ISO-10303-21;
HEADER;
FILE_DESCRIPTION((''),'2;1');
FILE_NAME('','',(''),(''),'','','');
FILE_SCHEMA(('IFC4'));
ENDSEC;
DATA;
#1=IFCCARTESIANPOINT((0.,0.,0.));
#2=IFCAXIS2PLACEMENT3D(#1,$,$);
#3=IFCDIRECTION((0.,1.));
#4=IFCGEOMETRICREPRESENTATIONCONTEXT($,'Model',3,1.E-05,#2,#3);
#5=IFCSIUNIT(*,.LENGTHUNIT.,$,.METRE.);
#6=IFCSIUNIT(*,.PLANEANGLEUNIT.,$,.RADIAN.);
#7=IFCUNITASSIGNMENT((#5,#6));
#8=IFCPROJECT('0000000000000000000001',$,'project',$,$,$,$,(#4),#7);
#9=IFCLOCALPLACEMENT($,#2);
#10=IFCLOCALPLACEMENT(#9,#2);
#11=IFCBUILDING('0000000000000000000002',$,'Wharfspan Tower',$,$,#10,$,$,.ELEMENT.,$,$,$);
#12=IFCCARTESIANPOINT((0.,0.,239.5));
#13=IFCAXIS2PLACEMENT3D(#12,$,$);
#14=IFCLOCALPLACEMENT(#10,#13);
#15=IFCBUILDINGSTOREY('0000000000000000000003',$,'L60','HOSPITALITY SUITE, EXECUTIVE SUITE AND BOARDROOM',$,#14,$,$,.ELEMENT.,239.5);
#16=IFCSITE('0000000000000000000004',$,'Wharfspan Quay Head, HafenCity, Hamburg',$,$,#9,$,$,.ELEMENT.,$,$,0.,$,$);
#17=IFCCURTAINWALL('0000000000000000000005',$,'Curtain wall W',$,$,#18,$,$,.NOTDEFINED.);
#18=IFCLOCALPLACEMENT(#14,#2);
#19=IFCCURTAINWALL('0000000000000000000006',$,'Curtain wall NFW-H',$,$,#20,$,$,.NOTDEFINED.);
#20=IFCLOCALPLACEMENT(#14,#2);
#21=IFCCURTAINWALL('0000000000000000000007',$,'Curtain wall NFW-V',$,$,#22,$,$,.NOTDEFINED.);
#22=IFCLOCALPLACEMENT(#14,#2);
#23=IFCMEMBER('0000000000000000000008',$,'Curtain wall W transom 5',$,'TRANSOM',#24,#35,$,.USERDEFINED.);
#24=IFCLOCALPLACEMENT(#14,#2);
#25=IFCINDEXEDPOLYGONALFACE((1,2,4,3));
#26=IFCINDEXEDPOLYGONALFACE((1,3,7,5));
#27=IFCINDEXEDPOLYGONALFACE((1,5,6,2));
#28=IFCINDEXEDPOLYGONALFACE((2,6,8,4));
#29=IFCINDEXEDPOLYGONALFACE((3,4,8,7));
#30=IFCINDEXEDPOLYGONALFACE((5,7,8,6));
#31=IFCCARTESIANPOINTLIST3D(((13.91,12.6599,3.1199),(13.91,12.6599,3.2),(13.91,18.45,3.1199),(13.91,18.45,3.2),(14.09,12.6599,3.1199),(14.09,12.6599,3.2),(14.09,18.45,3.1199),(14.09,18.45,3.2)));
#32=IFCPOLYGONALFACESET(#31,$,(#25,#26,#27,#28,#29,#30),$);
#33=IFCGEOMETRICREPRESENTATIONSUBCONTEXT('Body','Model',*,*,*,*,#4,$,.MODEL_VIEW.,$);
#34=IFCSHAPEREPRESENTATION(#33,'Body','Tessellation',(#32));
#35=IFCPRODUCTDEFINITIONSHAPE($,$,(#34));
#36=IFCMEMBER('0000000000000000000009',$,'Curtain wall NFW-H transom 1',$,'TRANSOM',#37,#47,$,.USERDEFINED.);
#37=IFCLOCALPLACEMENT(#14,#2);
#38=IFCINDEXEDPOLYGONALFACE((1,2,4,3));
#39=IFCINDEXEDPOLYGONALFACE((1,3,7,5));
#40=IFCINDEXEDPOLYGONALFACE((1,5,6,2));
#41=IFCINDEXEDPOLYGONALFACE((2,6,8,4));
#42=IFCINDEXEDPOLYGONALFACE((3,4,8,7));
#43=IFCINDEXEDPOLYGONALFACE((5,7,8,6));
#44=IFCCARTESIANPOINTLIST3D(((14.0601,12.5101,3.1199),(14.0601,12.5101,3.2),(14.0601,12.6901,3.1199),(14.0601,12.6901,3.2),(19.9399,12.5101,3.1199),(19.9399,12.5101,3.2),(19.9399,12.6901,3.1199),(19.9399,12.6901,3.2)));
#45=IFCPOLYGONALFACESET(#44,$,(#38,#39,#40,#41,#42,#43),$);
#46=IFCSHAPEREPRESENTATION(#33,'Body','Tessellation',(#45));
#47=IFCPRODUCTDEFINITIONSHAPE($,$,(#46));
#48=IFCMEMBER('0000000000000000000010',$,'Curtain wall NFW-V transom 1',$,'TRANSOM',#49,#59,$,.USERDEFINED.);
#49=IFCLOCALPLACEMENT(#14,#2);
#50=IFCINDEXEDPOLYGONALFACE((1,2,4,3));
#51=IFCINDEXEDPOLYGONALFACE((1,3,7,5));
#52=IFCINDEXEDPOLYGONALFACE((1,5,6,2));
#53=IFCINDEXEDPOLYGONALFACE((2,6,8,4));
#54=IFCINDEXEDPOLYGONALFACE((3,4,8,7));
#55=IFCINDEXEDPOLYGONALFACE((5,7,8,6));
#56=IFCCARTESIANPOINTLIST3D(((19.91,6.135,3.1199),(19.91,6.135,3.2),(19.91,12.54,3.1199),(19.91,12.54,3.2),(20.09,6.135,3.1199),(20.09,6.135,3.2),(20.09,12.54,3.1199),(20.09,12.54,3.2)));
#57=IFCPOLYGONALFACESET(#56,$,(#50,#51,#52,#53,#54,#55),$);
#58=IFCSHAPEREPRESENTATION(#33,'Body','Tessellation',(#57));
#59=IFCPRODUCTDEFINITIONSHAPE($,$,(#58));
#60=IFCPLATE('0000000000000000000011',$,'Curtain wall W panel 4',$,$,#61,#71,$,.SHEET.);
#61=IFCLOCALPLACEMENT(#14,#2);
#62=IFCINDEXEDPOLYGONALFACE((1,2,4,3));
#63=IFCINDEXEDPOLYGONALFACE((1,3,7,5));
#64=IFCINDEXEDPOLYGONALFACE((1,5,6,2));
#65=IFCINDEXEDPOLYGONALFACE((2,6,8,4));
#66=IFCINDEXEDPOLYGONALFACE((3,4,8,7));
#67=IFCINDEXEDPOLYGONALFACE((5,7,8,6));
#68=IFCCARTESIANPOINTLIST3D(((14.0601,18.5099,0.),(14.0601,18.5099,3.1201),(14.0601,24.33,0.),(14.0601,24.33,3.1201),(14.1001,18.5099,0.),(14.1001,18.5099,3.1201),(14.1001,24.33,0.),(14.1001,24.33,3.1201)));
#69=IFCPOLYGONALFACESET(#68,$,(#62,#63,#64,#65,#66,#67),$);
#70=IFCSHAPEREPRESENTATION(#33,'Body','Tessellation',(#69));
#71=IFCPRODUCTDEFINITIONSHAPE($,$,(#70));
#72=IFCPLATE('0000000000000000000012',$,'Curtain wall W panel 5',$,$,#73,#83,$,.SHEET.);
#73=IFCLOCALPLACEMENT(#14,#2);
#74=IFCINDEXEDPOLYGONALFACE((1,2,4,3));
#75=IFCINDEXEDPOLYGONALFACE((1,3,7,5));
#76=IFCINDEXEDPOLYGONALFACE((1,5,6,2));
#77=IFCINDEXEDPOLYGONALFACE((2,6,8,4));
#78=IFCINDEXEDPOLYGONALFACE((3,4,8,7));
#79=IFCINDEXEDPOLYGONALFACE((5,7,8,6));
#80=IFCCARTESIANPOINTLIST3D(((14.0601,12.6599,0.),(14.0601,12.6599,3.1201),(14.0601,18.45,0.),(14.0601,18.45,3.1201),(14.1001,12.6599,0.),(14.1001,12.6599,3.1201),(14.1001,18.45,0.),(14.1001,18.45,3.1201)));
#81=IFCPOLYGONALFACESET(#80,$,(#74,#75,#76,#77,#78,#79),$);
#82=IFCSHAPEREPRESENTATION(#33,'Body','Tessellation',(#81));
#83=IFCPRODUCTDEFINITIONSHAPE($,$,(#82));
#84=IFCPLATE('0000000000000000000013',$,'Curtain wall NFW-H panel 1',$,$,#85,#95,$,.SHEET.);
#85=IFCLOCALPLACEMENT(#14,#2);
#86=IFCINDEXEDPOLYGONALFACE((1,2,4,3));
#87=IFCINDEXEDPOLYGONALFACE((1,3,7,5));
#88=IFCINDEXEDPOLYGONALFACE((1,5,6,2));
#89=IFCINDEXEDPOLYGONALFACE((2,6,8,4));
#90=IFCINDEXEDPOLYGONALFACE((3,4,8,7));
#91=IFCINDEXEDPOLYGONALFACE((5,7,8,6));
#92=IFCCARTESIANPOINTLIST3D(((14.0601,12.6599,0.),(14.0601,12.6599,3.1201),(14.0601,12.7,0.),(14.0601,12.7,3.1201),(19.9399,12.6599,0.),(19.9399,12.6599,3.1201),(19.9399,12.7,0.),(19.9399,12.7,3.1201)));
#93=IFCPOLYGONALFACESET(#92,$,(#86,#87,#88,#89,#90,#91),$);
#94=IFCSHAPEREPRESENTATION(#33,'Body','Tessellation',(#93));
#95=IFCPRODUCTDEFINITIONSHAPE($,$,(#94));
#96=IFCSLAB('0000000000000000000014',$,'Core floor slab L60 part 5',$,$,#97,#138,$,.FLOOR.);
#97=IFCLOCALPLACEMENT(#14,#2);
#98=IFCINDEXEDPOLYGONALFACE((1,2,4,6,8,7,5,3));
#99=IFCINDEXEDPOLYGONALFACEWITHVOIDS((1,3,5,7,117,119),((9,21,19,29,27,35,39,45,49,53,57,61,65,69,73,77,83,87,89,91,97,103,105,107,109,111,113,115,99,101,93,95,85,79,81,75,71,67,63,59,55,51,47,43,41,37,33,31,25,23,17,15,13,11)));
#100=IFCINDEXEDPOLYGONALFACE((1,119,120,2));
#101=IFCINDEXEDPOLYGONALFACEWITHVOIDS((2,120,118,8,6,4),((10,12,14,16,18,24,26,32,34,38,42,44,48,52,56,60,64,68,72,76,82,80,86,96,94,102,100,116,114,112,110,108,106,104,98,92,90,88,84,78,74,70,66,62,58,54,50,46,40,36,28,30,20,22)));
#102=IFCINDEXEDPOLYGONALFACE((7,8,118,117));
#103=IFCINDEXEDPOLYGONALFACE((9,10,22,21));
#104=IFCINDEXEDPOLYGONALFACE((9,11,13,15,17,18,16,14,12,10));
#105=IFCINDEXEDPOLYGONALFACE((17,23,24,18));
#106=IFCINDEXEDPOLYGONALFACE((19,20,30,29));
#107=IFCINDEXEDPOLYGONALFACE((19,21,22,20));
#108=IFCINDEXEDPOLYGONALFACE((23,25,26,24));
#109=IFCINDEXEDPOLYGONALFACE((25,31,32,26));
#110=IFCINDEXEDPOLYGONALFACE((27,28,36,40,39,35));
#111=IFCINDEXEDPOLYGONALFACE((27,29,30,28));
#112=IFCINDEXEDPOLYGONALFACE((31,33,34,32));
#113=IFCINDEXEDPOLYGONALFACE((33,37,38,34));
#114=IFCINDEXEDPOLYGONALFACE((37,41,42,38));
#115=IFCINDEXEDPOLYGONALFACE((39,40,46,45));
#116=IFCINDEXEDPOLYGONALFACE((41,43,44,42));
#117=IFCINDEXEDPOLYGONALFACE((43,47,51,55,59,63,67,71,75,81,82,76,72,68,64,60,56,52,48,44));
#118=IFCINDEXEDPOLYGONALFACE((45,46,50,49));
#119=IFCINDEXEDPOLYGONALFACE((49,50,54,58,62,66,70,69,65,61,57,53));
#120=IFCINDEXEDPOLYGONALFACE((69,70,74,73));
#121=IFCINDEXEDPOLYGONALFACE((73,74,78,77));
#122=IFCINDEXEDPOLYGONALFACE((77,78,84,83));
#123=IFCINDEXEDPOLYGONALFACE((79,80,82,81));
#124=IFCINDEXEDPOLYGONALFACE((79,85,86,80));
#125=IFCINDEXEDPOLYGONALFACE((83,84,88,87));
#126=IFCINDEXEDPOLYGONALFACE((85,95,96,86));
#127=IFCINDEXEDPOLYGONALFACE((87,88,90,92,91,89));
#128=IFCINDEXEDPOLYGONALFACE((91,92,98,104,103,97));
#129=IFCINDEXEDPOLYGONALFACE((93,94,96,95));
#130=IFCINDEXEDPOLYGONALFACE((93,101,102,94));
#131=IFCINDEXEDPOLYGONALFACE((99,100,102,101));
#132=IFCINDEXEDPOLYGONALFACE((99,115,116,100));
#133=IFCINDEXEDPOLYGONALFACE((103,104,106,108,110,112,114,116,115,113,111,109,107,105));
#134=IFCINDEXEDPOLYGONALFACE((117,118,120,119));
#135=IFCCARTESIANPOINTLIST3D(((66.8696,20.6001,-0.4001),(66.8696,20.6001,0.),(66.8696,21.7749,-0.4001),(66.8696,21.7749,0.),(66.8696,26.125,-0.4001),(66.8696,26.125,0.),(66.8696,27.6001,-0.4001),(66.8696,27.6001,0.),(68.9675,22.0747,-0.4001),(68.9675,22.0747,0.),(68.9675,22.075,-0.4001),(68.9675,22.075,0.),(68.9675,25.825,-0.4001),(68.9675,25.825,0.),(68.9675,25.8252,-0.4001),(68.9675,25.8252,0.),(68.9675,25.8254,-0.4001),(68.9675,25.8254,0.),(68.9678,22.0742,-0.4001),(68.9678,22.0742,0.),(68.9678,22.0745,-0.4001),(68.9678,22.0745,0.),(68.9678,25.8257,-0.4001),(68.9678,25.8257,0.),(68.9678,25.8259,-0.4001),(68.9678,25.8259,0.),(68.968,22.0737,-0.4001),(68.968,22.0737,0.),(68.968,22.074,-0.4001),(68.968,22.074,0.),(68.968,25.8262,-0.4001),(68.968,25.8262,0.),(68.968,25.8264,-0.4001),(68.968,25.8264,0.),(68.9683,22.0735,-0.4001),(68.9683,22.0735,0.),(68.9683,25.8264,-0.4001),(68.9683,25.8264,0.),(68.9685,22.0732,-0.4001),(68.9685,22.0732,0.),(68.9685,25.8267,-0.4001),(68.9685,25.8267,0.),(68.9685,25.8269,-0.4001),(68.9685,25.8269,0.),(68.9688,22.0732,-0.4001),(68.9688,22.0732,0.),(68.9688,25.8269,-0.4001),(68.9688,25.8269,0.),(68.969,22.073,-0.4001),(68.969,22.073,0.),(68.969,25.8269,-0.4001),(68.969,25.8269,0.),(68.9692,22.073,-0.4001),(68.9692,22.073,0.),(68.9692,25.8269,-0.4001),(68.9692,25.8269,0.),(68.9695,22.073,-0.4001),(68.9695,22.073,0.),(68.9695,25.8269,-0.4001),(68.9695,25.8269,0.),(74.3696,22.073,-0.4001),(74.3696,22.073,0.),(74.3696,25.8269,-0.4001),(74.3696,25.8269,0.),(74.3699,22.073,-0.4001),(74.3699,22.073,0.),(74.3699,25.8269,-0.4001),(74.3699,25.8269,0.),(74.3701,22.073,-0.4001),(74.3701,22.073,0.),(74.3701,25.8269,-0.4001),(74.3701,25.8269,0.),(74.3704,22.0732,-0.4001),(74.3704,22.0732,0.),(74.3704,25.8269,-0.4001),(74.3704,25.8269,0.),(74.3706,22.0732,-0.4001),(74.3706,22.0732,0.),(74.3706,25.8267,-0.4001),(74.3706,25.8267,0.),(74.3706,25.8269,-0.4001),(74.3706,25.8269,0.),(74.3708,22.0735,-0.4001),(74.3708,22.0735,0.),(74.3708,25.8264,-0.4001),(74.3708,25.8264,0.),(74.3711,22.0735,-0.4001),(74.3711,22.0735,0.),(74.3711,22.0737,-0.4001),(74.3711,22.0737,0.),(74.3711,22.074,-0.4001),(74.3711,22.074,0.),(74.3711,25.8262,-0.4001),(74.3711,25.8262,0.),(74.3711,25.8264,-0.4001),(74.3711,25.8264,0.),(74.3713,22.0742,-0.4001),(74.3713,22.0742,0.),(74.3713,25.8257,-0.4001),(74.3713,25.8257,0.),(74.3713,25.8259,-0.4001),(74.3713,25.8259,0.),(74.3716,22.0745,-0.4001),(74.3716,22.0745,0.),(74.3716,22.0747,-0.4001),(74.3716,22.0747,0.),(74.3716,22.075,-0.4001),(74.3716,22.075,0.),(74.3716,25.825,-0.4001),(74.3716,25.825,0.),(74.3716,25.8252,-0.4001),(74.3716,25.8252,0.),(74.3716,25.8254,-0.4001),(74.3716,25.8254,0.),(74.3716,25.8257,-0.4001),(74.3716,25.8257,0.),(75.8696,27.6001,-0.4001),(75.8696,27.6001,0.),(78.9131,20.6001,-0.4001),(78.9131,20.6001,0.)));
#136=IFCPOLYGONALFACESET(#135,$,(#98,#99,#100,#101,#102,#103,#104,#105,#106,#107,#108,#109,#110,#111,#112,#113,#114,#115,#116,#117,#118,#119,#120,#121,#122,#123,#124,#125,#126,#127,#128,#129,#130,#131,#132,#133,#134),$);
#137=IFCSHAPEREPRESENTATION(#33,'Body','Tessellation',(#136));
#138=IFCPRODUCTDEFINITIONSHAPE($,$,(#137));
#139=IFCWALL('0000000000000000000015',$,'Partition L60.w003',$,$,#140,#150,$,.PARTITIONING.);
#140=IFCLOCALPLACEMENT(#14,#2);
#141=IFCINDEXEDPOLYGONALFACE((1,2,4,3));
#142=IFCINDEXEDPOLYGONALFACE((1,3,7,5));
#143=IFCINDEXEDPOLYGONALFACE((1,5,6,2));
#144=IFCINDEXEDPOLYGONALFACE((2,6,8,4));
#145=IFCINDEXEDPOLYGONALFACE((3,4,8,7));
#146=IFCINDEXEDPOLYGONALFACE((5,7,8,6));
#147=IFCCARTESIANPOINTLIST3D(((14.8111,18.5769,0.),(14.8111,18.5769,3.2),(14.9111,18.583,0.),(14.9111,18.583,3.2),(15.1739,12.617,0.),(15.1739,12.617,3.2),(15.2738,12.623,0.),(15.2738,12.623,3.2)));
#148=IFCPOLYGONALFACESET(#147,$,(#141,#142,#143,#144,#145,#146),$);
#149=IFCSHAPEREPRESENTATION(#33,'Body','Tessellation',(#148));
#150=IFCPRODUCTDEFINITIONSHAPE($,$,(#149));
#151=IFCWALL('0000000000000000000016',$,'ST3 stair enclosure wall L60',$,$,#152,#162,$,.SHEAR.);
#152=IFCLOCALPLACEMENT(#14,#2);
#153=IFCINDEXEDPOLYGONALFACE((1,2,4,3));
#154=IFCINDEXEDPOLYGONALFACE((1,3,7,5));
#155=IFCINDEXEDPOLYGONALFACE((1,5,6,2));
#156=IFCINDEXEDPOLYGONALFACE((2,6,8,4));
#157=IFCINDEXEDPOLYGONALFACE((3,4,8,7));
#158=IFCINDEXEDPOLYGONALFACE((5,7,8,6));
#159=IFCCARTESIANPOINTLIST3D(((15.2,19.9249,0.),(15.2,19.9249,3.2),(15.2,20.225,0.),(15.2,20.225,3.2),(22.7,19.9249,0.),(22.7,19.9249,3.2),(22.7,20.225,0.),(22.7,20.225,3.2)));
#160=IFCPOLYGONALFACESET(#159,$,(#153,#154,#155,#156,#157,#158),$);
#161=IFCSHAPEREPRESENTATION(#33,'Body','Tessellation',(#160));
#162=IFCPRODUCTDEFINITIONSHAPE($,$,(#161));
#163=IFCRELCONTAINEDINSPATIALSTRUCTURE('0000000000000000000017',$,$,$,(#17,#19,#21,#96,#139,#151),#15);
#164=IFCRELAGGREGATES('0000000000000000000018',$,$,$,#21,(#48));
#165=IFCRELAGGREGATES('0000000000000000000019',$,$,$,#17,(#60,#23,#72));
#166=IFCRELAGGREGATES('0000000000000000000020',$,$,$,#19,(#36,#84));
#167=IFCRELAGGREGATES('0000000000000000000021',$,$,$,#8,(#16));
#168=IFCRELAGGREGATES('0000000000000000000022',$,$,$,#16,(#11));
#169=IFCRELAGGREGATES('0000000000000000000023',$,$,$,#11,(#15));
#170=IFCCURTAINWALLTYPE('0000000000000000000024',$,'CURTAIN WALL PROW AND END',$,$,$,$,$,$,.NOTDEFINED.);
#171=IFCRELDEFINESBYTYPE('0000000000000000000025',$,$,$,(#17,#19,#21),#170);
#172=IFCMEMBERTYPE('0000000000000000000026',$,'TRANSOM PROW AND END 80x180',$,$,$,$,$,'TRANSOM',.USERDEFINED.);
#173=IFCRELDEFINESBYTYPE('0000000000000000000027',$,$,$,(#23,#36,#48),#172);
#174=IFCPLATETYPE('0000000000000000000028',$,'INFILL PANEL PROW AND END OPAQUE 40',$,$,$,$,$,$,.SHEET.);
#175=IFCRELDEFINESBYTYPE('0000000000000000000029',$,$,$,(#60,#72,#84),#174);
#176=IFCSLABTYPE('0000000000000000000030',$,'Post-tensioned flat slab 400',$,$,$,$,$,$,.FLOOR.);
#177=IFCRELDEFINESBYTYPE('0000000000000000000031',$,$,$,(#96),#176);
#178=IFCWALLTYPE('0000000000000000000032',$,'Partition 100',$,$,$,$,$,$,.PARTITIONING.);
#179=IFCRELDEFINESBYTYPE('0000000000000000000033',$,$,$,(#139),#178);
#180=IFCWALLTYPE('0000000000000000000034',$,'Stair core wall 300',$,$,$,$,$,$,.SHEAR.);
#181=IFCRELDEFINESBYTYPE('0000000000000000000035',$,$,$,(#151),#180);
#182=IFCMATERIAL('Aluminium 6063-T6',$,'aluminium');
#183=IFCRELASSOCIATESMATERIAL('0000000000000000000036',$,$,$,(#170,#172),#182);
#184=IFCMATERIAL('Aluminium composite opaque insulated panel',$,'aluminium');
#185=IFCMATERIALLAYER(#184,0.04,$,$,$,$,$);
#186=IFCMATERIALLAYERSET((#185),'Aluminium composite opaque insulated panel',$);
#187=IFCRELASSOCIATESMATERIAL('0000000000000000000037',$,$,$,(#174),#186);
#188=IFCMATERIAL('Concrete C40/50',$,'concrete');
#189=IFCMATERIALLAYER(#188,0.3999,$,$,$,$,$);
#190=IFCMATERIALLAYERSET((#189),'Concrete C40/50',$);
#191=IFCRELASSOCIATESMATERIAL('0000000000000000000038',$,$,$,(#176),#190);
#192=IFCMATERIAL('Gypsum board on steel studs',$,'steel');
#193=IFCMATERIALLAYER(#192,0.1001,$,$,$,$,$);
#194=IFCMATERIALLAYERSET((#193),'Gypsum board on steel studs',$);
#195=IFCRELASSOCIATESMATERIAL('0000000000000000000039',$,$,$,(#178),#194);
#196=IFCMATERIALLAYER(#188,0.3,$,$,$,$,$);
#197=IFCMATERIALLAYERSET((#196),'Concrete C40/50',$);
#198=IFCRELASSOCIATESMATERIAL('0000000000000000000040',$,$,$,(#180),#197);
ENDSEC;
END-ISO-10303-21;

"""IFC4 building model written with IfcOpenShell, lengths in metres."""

from ifc_helpers import new_model, si_unit, direction, frame, frame_2d, origin, origin_2d, place, context, subcontext, project, spatial, polyline, rectangle, outline, extrude, material, layer, layer_set, material_profile, profile_set, type_object, element, aggregate, save


model = new_model("IFC4")

# Units and contexts
model_context = context("Model", 3, precision=1e-05, world=origin(), true_north=direction((0.0, 1.0)))
body_context = subcontext(model_context, "Body", "Model", "MODEL_VIEW")
ifc_project = project(units=[si_unit("LENGTHUNIT", "METRE"), si_unit("PLANEANGLEUNIT", "RADIAN")], contexts=[model_context])

# Site, building, storey
site_placement = place(None, origin())
site = spatial("IfcSite", under=ifc_project, at=site_placement, Name="Wharfspan Quay Head, HafenCity, Hamburg", CompositionType="ELEMENT", RefElevation=0.0)
building_placement = place(site_placement, origin())
building = spatial("IfcBuilding", under=site, at=building_placement, Name="Wharfspan Tower", CompositionType="ELEMENT")
storey_placement = place(building_placement, frame((0.0, 0.0, 239.5)))
storey = spatial("IfcBuildingStorey", under=building, at=storey_placement, Name="L60", Description="HOSPITALITY SUITE, EXECUTIVE SUITE AND BOARDROOM", CompositionType="ELEMENT", Elevation=239.5)

# Curtain walls
ifc_material_1 = material(Name="Aluminium 6063-T6", Category="aluminium")
curtain_wall_type = type_object("IfcCurtainWallType", Name="CURTAIN WALL PROW AND END", PredefinedType="NOTDEFINED", material=ifc_material_1)
curtain_wall_1_placement = place(storey_placement, origin())
curtain_wall_1 = element("IfcCurtainWall", 1, at=curtain_wall_1_placement, inside=storey, type_object=curtain_wall_type, Name="Curtain wall W", PredefinedType="NOTDEFINED")
curtain_wall_2_placement = place(storey_placement, origin())
curtain_wall_2 = element("IfcCurtainWall", 2, at=curtain_wall_2_placement, inside=storey, type_object=curtain_wall_type, Name="Curtain wall NFW-H", PredefinedType="NOTDEFINED")

# Curtain wall
curtain_wall_3_placement = place(storey_placement, origin())
curtain_wall_3 = element("IfcCurtainWall", 3, at=curtain_wall_3_placement, inside=storey, type_object=curtain_wall_type, Name="Curtain wall NFW-V", PredefinedType="NOTDEFINED")

# Members
ifc_material_profile_1 = material_profile(ifc_material_1, rectangle(XDim=0.1799, YDim=0.0801, at=origin_2d()))
ifc_profile_set_1 = profile_set([ifc_material_profile_1], Name="Aluminium 6063-T6")
member_type_1 = type_object("IfcMemberType", Name="TRANSOM PROW AND END 80x180", ElementType="TRANSOM", PredefinedType="USERDEFINED", material=ifc_profile_set_1)
member_1_placement = place(storey_placement, frame((14.0, 18.45, 3.1599), z_axis=(0.0, -1.0, 0.0), x_axis=(1.0, 0.0, 0.0)))
member_1 = element("IfcMember", 4, at=member_1_placement, type_object=member_type_1, Name="Curtain wall W transom 5", ObjectType="TRANSOM", PredefinedType="USERDEFINED", context=body_context, shape_type="SweptSolid", body=[
    extrude(rectangle(XDim=0.1799, YDim=0.0801, at=origin_2d()), origin(), (0.0, 0.0, 1.0), 5.79),
])
member_2_placement = place(storey_placement, frame((14.0601, 12.6001, 3.1599), z_axis=(1.0, 0.0, 0.0), x_axis=(0.0, 1.0, 0.0)))
member_2 = element("IfcMember", 5, at=member_2_placement, type_object=member_type_1, Name="Curtain wall NFW-H transom 1", ObjectType="TRANSOM", PredefinedType="USERDEFINED", context=body_context, shape_type="SweptSolid", body=[
    extrude(rectangle(XDim=0.1799, YDim=0.0801, at=origin_2d()), origin(), (0.0, 0.0, 1.0), 5.8799),
])
member_3_placement = place(storey_placement, frame((20.0, 12.54, 3.1599), z_axis=(0.0, -1.0, 0.0), x_axis=(1.0, 0.0, 0.0)))
member_3 = element("IfcMember", 6, at=member_3_placement, type_object=member_type_1, Name="Curtain wall NFW-V transom 1", ObjectType="TRANSOM", PredefinedType="USERDEFINED", context=body_context, shape_type="SweptSolid", body=[
    extrude(rectangle(XDim=0.1799, YDim=0.0801, at=origin_2d()), origin(), (0.0, 0.0, 1.0), 6.405),
])
aggregate(curtain_wall_3, [member_3])

# Plates
ifc_material_2 = material(Name="Aluminium composite opaque insulated panel", Category="aluminium")
ifc_layer_1 = layer(ifc_material_2, 0.04)
ifc_layer_set_1 = layer_set([ifc_layer_1], Name="Aluminium composite opaque insulated panel")
plate_type = type_object("IfcPlateType", Name="INFILL PANEL PROW AND END OPAQUE 40", PredefinedType="SHEET", material=ifc_layer_set_1)
plate_1_placement = place(storey_placement, frame((14.0801, 21.4199, 0.0), z_axis=(0.0, 0.0, 1.0), x_axis=(0.0, -1.0, 0.0)))
plate_1 = element("IfcPlate", 7, at=plate_1_placement, type_object=plate_type, Name="Curtain wall W panel 4", PredefinedType="SHEET", context=body_context, shape_type="SweptSolid", body=[
    extrude(rectangle(XDim=5.8201, YDim=0.04, at=origin_2d()), origin(), (0.0, 0.0, 1.0), 3.1201),
])
plate_2_placement = place(storey_placement, frame((14.0801, 15.5549, 0.0), z_axis=(0.0, 0.0, 1.0), x_axis=(0.0, -1.0, 0.0)))
plate_2 = element("IfcPlate", 8, at=plate_2_placement, type_object=plate_type, Name="Curtain wall W panel 5", PredefinedType="SHEET", context=body_context, shape_type="SweptSolid", body=[
    extrude(rectangle(XDim=5.79, YDim=0.04, at=origin_2d()), origin(), (0.0, 0.0, 1.0), 3.1201),
])
aggregate(curtain_wall_1, [plate_1, member_1, plate_2])
plate_3_placement = place(storey_placement, frame((17.0, 12.6799, 0.0), z_axis=(0.0, 0.0, 1.0), x_axis=(1.0, 0.0, 0.0)))
plate_3 = element("IfcPlate", 9, at=plate_3_placement, type_object=plate_type, Name="Curtain wall NFW-H panel 1", PredefinedType="SHEET", context=body_context, shape_type="SweptSolid", body=[
    extrude(rectangle(XDim=5.8799, YDim=0.04, at=origin_2d()), origin(), (0.0, 0.0, 1.0), 3.1201),
])
aggregate(curtain_wall_2, [member_2, plate_3])

# Slab
ifc_material_3 = material(Name="Concrete C40/50", Category="concrete")
ifc_layer_2 = layer(ifc_material_3, 0.3999)
ifc_layer_set_2 = layer_set([ifc_layer_2], Name="Concrete C40/50")
slab_type = type_object("IfcSlabType", Name="Post-tensioned flat slab 400", PredefinedType="FLOOR", material=ifc_layer_set_2)
slab_placement = place(storey_placement, frame((0.0, 0.0, -0.4001)))
element("IfcSlab", 10, at=slab_placement, inside=storey, type_object=slab_type, Name="Core floor slab L60 part 5", PredefinedType="FLOOR", context=body_context, shape_type="SweptSolid", body=[
    extrude(outline(polyline([(75.8696, 27.6001), (66.8696, 27.6001), (66.8696, 26.125), (66.8696, 21.7749), (66.8696, 20.6001), (78.9131, 20.6001), (75.8696, 27.6001)]), holes=[polyline([(68.9675, 25.825), (68.9675, 25.8252), (68.9675, 25.8254), (68.9678, 25.8257), (68.9678, 25.8257), (68.9678, 25.8259), (68.968, 25.8262), (68.968, 25.8264), (68.9683, 25.8264), (68.9683, 25.8264), (68.9685, 25.8267), (68.9685, 25.8269), (68.9688, 25.8269), (68.969, 25.8269), (68.9692, 25.8269), (68.9695, 25.8269), (68.9695, 25.8269), (74.3696, 25.8269), (74.3699, 25.8269), (74.3701, 25.8269), (74.3701, 25.8269), (74.3704, 25.8269), (74.3706, 25.8269), (74.3706, 25.8267), (74.3709, 25.8264), (74.3711, 25.8264), (74.3711, 25.8264), (74.3711, 25.8262), (74.3713, 25.8259), (74.3713, 25.8257), (74.3716, 25.8257), (74.3716, 25.8254), (74.3716, 25.8252), (74.3716, 25.825), (74.3716, 22.075), (74.3716, 22.0747), (74.3716, 22.0747), (74.3716, 22.0745), (74.3713, 22.0742), (74.3713, 22.0742), (74.3711, 22.074), (74.3711, 22.0737), (74.3711, 22.0735), (74.3709, 22.0735), (74.3706, 22.0732), (74.3706, 22.0732), (74.3704, 22.0732), (74.3701, 22.073), (74.3701, 22.073), (74.3699, 22.073), (74.3696, 22.073), (68.9695, 22.073), (68.9695, 22.073), (68.9692, 22.073), (68.969, 22.073), (68.9688, 22.0732), (68.9685, 22.0732), (68.9685, 22.0732), (68.9683, 22.0735), (68.9683, 22.0735), (68.968, 22.0737), (68.968, 22.074), (68.9678, 22.0742), (68.9678, 22.0742), (68.9678, 22.0745), (68.9675, 22.0747), (68.9675, 22.0747), (68.9675, 22.075), (68.9675, 25.825)])]), origin(), (0.0, 0.0, 1.0), 0.4001),
])

# Walls
ifc_material_4 = material(Name="Gypsum board on steel studs", Category="steel")
ifc_layer_3 = layer(ifc_material_4, 0.1001)
ifc_layer_set_3 = layer_set([ifc_layer_3], Name="Gypsum board on steel studs")
wall_type_1 = type_object("IfcWallType", Name="Partition 100", PredefinedType="PARTITIONING", material=ifc_layer_set_3)
wall_1_placement = place(storey_placement, frame((15.2239, 12.6201, 0.0), z_axis=(0.0, 0.0, 1.0), x_axis=(-0.060759, 0.998149, 0.0)))
element("IfcWall", 11, at=wall_1_placement, inside=storey, type_object=wall_type_1, Name="Partition L60.w003", PredefinedType="PARTITIONING", context=body_context, shape_type="SweptSolid", body=[
    extrude(rectangle(XDim=5.9709, YDim=0.1001, at=frame_2d((2.9854, 0.0))), origin(), (0.0, 0.0, 1.0), 3.2),
])
ifc_layer_4 = layer(ifc_material_3, 0.3)
ifc_layer_set_4 = layer_set([ifc_layer_4], Name="Concrete C40/50")
wall_type_2 = type_object("IfcWallType", Name="Stair core wall 300", PredefinedType="SHEAR", material=ifc_layer_set_4)
wall_2_placement = place(storey_placement, frame((15.2, 20.075, 0.0), z_axis=(0.0, 0.0, 1.0), x_axis=(1.0, 0.0, 0.0)))
element("IfcWall", 12, at=wall_2_placement, inside=storey, type_object=wall_type_2, Name="ST3 stair enclosure wall L60", PredefinedType="SHEAR", context=body_context, shape_type="SweptSolid", body=[
    extrude(rectangle(XDim=7.5, YDim=0.3, at=frame_2d((3.75, 0.0))), origin(), (0.0, 0.0, 1.0), 3.2),
])

save(model, "model.ifc")
